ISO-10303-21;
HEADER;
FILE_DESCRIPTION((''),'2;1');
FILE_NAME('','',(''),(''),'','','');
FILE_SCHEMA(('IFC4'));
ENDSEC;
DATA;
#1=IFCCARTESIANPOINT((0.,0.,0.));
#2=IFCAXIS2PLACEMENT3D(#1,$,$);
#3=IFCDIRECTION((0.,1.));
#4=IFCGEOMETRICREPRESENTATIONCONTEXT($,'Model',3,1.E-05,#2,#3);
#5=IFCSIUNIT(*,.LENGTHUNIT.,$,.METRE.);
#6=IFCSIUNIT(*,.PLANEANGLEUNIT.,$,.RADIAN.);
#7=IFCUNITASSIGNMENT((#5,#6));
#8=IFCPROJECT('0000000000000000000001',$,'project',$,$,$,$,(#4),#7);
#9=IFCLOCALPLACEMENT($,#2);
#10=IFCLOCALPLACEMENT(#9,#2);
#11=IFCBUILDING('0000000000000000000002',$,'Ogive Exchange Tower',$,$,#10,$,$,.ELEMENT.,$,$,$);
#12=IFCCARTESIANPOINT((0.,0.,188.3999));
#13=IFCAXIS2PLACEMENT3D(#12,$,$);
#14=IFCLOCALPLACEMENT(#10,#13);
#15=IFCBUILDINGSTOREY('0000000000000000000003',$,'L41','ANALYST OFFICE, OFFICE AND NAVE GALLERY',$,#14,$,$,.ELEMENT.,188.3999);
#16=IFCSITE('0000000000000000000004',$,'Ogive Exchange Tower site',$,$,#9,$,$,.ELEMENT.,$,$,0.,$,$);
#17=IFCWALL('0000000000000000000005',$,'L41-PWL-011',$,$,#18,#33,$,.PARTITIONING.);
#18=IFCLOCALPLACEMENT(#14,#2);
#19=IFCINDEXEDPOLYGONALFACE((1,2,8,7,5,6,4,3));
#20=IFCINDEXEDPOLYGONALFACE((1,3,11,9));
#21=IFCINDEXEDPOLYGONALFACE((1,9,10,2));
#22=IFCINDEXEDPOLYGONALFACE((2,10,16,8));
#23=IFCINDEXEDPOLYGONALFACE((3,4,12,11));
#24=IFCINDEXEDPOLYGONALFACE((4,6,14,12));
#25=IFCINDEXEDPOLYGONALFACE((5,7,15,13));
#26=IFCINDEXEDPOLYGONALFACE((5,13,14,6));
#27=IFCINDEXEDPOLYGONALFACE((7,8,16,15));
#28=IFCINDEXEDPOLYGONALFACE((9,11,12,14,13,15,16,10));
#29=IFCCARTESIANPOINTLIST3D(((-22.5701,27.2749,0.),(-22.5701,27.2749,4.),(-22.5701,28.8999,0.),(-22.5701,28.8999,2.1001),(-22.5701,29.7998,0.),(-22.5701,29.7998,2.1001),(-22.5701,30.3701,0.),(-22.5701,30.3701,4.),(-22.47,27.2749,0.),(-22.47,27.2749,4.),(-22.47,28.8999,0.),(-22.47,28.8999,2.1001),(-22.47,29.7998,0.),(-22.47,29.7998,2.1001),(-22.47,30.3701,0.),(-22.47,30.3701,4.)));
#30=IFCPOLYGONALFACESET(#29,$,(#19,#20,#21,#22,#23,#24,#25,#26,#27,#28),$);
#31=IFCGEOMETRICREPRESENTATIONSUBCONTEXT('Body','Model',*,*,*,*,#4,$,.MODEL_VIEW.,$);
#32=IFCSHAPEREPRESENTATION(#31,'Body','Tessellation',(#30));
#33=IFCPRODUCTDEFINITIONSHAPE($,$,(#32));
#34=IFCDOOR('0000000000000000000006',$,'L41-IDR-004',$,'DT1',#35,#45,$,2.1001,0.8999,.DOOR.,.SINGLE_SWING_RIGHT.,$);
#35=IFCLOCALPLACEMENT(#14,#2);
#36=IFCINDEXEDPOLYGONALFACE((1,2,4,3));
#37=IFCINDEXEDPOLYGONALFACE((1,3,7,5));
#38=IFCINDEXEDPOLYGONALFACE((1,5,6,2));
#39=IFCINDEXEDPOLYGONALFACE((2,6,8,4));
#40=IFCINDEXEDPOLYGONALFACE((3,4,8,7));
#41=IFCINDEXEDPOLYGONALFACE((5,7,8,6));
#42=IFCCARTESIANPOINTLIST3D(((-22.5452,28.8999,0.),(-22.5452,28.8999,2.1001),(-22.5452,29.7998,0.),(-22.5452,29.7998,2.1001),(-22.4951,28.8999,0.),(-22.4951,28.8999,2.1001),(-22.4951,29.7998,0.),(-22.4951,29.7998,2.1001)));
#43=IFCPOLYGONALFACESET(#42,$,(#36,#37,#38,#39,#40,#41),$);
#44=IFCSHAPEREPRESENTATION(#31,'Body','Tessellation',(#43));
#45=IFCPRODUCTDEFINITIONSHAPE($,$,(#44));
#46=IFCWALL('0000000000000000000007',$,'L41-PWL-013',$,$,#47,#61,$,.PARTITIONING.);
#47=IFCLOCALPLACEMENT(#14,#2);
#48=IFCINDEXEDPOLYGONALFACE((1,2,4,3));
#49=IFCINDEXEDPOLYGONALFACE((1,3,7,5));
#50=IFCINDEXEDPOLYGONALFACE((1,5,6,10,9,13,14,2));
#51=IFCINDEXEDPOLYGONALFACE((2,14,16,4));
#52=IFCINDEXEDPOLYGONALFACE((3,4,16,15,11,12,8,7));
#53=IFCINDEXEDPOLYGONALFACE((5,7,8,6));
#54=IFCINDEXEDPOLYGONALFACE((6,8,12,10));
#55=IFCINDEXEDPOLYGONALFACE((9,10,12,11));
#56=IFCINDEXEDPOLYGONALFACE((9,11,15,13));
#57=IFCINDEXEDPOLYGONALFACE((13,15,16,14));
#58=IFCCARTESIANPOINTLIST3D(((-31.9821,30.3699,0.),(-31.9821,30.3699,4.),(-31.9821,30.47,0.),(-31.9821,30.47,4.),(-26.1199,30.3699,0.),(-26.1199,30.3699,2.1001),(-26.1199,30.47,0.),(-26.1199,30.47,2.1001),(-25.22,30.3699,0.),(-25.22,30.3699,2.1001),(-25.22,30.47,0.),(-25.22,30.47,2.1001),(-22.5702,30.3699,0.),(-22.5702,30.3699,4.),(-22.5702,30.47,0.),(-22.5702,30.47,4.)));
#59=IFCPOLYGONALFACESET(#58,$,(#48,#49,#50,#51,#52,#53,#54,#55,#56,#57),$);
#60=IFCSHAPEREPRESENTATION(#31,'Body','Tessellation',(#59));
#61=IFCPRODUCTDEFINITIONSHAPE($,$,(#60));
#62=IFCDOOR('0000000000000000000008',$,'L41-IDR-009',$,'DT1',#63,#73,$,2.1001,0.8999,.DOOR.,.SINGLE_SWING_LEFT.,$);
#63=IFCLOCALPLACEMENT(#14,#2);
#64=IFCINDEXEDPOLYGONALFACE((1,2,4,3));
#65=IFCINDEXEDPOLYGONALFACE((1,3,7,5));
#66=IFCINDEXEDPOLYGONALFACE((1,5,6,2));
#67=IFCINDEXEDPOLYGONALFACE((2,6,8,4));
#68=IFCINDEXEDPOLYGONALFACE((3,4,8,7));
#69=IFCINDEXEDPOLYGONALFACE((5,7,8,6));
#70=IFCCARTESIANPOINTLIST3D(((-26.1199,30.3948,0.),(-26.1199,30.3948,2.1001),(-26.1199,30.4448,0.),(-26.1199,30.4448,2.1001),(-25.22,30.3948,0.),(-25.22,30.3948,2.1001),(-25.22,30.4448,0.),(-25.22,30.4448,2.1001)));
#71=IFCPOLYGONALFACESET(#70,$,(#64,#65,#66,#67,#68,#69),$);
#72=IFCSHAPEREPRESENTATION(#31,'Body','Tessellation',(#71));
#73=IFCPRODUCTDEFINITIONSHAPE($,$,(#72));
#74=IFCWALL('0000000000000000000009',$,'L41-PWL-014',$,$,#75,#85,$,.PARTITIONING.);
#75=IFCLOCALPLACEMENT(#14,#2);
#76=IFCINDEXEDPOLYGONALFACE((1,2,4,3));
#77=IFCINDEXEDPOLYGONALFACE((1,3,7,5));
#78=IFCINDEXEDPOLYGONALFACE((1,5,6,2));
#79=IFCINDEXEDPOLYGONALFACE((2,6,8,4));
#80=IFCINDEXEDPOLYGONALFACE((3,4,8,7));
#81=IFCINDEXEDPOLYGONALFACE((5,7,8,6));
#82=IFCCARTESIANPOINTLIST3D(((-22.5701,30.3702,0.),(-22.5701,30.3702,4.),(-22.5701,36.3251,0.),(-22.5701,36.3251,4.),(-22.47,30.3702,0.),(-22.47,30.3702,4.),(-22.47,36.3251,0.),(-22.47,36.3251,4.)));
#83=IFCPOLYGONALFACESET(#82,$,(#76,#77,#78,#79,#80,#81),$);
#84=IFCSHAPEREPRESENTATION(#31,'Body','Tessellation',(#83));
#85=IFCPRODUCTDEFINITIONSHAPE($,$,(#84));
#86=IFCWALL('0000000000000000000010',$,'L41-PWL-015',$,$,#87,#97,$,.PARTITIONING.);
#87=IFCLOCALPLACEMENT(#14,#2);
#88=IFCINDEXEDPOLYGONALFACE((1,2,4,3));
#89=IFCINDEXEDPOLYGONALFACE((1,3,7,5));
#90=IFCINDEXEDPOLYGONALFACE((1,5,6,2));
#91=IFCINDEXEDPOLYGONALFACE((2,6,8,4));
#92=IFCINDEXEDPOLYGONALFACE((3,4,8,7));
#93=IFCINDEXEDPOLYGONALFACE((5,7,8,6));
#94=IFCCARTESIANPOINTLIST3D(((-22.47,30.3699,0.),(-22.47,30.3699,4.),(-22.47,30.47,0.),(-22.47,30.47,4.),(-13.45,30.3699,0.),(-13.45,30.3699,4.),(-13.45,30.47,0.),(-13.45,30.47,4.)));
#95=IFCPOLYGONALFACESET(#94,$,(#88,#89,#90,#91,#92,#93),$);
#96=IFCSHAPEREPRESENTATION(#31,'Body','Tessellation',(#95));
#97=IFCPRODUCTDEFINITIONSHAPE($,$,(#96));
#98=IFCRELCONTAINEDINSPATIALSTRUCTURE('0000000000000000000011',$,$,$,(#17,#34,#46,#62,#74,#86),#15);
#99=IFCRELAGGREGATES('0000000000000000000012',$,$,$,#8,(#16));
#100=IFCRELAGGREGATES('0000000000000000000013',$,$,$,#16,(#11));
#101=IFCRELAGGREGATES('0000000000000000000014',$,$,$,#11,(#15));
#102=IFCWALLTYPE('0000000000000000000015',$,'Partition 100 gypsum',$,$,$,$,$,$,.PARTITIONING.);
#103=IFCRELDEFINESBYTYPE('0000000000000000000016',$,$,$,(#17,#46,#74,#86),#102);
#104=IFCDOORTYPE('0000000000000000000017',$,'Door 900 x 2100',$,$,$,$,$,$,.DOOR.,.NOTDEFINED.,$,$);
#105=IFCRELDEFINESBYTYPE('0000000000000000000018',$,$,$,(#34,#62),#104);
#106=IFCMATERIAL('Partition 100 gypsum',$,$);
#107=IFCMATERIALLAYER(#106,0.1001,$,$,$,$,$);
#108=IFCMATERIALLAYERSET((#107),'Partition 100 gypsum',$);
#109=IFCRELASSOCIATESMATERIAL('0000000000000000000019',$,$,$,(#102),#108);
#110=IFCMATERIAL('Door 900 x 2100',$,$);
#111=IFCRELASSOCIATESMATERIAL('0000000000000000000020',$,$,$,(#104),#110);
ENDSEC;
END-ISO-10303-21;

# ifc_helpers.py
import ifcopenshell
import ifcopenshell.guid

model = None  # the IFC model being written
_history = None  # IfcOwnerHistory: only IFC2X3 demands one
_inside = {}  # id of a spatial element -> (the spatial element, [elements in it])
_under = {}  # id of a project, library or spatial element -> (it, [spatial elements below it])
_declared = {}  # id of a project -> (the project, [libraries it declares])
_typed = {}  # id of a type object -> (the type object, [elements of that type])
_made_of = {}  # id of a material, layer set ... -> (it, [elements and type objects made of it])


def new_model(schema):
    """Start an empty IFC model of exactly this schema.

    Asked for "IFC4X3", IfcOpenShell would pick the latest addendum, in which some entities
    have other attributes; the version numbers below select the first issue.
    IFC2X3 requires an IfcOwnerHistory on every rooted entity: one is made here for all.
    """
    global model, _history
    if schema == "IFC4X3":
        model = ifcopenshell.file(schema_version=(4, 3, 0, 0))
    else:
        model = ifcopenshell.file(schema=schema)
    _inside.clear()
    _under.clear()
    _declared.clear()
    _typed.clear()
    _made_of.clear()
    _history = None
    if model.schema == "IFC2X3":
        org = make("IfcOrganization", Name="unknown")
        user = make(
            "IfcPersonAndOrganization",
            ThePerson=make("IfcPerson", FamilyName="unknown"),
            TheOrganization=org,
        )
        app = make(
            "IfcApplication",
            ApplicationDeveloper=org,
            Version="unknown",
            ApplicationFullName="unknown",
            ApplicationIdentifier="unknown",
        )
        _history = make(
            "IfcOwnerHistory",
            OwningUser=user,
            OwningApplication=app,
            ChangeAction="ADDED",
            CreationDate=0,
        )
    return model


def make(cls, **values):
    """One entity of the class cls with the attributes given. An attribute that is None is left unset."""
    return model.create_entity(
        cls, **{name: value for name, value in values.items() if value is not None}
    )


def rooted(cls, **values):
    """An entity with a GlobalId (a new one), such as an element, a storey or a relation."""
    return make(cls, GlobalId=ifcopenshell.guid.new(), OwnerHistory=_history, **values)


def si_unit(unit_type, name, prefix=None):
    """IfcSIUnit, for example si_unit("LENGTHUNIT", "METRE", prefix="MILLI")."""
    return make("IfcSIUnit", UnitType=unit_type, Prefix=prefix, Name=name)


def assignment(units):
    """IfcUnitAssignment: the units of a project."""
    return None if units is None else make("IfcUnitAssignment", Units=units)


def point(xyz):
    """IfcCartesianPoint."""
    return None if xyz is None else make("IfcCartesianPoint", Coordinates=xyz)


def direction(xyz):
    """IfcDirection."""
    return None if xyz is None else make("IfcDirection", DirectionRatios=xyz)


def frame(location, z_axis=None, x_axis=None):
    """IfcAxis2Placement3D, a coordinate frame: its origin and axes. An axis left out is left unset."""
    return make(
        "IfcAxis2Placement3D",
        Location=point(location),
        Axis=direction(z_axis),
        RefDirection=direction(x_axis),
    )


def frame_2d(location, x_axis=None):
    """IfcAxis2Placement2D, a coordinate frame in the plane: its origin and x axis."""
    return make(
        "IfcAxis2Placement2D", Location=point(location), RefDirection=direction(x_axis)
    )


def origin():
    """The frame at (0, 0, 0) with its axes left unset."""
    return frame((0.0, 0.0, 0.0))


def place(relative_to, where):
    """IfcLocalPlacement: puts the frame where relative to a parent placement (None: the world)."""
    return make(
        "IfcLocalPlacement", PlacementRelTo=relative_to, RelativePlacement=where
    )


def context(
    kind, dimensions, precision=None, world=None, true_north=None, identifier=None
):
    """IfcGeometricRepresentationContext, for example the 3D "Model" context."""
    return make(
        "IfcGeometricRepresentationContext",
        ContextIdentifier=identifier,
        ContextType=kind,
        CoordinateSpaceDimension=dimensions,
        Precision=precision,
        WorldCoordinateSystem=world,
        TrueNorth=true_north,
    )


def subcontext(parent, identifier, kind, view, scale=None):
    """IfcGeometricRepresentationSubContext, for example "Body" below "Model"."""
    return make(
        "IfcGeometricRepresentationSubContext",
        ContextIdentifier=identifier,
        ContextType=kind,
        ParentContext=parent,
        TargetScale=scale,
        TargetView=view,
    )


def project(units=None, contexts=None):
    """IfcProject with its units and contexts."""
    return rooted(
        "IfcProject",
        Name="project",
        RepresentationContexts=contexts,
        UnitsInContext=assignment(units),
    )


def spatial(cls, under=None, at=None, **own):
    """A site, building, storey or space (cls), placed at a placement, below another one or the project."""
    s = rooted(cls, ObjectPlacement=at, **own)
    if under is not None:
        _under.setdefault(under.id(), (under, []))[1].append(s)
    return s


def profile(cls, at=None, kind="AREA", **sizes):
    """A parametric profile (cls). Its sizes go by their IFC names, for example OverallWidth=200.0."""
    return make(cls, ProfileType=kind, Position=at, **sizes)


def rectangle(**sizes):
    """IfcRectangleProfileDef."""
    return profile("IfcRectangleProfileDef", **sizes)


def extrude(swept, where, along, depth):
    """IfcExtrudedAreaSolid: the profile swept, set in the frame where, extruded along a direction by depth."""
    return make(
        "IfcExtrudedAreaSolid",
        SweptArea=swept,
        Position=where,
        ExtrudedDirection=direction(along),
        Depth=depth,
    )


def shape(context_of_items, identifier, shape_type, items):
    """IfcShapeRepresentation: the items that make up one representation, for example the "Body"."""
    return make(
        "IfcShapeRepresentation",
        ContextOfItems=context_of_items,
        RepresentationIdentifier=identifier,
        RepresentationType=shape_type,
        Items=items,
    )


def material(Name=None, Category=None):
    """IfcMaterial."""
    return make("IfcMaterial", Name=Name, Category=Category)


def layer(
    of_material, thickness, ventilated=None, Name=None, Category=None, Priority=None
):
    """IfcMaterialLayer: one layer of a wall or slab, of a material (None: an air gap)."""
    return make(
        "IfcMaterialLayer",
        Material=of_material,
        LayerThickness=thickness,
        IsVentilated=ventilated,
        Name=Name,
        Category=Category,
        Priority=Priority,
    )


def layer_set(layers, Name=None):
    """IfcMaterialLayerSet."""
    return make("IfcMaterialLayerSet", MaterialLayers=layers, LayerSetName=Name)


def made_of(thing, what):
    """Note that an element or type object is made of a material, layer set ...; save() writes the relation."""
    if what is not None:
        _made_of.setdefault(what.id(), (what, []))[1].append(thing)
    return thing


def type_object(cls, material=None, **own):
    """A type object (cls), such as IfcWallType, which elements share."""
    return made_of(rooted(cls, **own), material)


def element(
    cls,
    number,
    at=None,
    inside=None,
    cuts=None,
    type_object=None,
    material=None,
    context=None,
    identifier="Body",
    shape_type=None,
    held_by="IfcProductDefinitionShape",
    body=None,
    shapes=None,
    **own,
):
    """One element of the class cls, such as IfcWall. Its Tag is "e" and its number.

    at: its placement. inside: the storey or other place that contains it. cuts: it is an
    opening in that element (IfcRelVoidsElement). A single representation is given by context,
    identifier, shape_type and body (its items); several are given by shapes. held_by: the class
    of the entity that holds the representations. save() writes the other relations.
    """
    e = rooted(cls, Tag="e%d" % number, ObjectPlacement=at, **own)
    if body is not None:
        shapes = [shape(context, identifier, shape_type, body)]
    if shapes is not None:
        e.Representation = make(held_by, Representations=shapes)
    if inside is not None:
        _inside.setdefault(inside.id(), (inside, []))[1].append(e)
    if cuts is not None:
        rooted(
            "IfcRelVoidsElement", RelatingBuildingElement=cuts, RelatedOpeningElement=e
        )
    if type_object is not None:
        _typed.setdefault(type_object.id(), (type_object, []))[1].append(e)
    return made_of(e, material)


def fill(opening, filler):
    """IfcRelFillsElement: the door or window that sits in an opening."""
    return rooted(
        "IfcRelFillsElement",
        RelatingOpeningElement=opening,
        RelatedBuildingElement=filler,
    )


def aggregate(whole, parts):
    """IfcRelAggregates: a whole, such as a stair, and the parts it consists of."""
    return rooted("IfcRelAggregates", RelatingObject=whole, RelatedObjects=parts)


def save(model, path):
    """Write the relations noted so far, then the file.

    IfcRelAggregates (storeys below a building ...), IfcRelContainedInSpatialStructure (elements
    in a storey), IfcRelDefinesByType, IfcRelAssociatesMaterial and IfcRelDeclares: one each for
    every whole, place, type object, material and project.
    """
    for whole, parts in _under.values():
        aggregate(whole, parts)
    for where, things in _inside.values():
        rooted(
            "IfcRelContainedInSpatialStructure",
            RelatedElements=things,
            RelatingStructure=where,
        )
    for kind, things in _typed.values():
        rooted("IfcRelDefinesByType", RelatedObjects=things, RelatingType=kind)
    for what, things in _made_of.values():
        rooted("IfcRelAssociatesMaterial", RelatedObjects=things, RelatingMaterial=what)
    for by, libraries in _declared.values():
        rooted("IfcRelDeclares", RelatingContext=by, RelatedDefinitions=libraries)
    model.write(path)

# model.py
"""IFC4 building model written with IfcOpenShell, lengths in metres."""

from ifc_helpers import new_model, si_unit, direction, frame, frame_2d, origin, place, context, subcontext, project, spatial, rectangle, extrude, material, layer, layer_set, type_object, element, fill, save


model = new_model("IFC4")

# Units and contexts
model_context = context("Model", 3, precision=1e-05, world=origin(), true_north=direction((0.0, 1.0)))
body_context = subcontext(model_context, "Body", "Model", "MODEL_VIEW")
ifc_project = project(units=[si_unit("LENGTHUNIT", "METRE"), si_unit("PLANEANGLEUNIT", "RADIAN")], contexts=[model_context])

# Site, building, storey
site_placement = place(None, origin())
site = spatial("IfcSite", under=ifc_project, at=site_placement, Name="Ogive Exchange Tower site", CompositionType="ELEMENT", RefElevation=0.0)
building_placement = place(site_placement, origin())
building = spatial("IfcBuilding", under=site, at=building_placement, Name="Ogive Exchange Tower", CompositionType="ELEMENT")
storey_placement = place(building_placement, frame((0.0, 0.0, 188.3999)))
storey = spatial("IfcBuildingStorey", under=building, at=storey_placement, Name="L41", Description="ANALYST OFFICE, OFFICE AND NAVE GALLERY", CompositionType="ELEMENT", Elevation=188.3999)

# Walls, openings, doors
ifc_material_1 = material(Name="Partition 100 gypsum")
ifc_layer_1 = layer(ifc_material_1, 0.1001)
ifc_layer_set_1 = layer_set([ifc_layer_1], Name="Partition 100 gypsum")
wall_type_1 = type_object("IfcWallType", Name="Partition 100 gypsum", PredefinedType="PARTITIONING", material=ifc_layer_set_1)
wall_1_placement = place(storey_placement, frame((-22.52, 27.2749, 0.0), z_axis=(0.0, 0.0, 1.0), x_axis=(0.0, 1.0, 0.0)))
wall_1 = element("IfcWall", 1, at=wall_1_placement, inside=storey, type_object=wall_type_1, Name="L41-PWL-011", PredefinedType="PARTITIONING", context=body_context, shape_type="SweptSolid", body=[
    extrude(rectangle(XDim=3.0952, YDim=0.1001, at=frame_2d((1.5476, 0.0))), origin(), (0.0, 0.0, 1.0), 4.0),
])
opening_1_placement = place(wall_1_placement, frame((1.625, 0.0, 0.0)))
opening_1 = element("IfcOpeningElement", 2, at=opening_1_placement, cuts=wall_1, PredefinedType="OPENING", context=body_context, shape_type="SweptSolid", body=[
    extrude(rectangle(XDim=0.8999, YDim=2.1001, at=frame_2d((0.45, 1.05))), frame((0.0, 0.0601, 0.0), z_axis=(0.0, -1.0, 0.0), x_axis=(1.0, 0.0, 0.0)), (0.0, 0.0, 1.0), 0.1201),
])
ifc_material_2 = material(Name="Door 900 x 2100")
door_type_1 = type_object("IfcDoorType", Name="Door 900 x 2100", OperationType="NOTDEFINED", PredefinedType="DOOR", material=ifc_material_2)
door_1_placement = place(opening_1_placement, frame((0.8999, 0.0, 0.0), z_axis=(0.0, 0.0, 1.0), x_axis=(-1.0, 0.0, 0.0)))
door_1 = element("IfcDoor", 3, at=door_1_placement, inside=storey, type_object=door_type_1, Name="L41-IDR-004", ObjectType="DT1", OperationType="SINGLE_SWING_RIGHT", OverallHeight=2.1001, OverallWidth=0.8999, PredefinedType="DOOR", context=body_context, shape_type="SweptSolid", body=[
    extrude(rectangle(XDim=0.8999, YDim=2.1001, at=frame_2d((0.45, 1.05))), frame((0.0, 0.0249, 0.0), z_axis=(0.0, -1.0, 0.0), x_axis=(1.0, 0.0, 0.0)), (0.0, 0.0, 1.0), 0.05),
])
fill(opening_1, door_1)
wall_2_placement = place(storey_placement, frame((-22.5701, 30.4199, 0.0), z_axis=(0.0, 0.0, 1.0), x_axis=(-1.0, 0.0, 0.0)))
wall_2 = element("IfcWall", 4, at=wall_2_placement, inside=storey, type_object=wall_type_1, Name="L41-PWL-013", PredefinedType="PARTITIONING", context=body_context, shape_type="SweptSolid", body=[
    extrude(rectangle(XDim=9.4119, YDim=0.1001, at=frame_2d((4.7061, 0.0))), origin(), (0.0, 0.0, 1.0), 4.0),
])
opening_2_placement = place(wall_2_placement, frame((2.6499, 0.0, 0.0)))
opening_2 = element("IfcOpeningElement", 5, at=opening_2_placement, cuts=wall_2, PredefinedType="OPENING", context=body_context, shape_type="SweptSolid", body=[
    extrude(rectangle(XDim=0.8999, YDim=2.1001, at=frame_2d((0.45, 1.05))), frame((0.0, 0.0601, 0.0), z_axis=(0.0, -1.0, 0.0), x_axis=(1.0, 0.0, 0.0)), (0.0, 0.0, 1.0), 0.1201),
])
door_2_placement = place(opening_2_placement, frame((0.8999, 0.0, 0.0), z_axis=(0.0, 0.0, 1.0), x_axis=(-1.0, 0.0, 0.0)))
door_2 = element("IfcDoor", 6, at=door_2_placement, inside=storey, type_object=door_type_1, Name="L41-IDR-009", ObjectType="DT1", OperationType="SINGLE_SWING_LEFT", OverallHeight=2.1001, OverallWidth=0.8999, PredefinedType="DOOR", context=body_context, shape_type="SweptSolid", body=[
    extrude(rectangle(XDim=0.8999, YDim=2.1001, at=frame_2d((0.45, 1.05))), frame((0.0, 0.0249, 0.0), z_axis=(0.0, -1.0, 0.0), x_axis=(1.0, 0.0, 0.0)), (0.0, 0.0, 1.0), 0.05),
])
fill(opening_2, door_2)

# Walls
wall_3_placement = place(storey_placement, frame((-22.52, 30.3701, 0.0), z_axis=(0.0, 0.0, 1.0), x_axis=(0.0, 1.0, 0.0)))
element("IfcWall", 7, at=wall_3_placement, inside=storey, type_object=wall_type_1, Name="L41-PWL-014", PredefinedType="PARTITIONING", context=body_context, shape_type="SweptSolid", body=[
    extrude(rectangle(XDim=5.9548, YDim=0.1001, at=frame_2d((2.9775, 0.0))), origin(), (0.0, 0.0, 1.0), 4.0),
])
wall_4_placement = place(storey_placement, frame((-22.47, 30.4199, 0.0), z_axis=(0.0, 0.0, 1.0), x_axis=(1.0, 0.0, 0.0)))
element("IfcWall", 8, at=wall_4_placement, inside=storey, type_object=wall_type_1, Name="L41-PWL-015", PredefinedType="PARTITIONING", context=body_context, shape_type="SweptSolid", body=[
    extrude(rectangle(XDim=9.02, YDim=0.1001, at=frame_2d((4.51, 0.0))), origin(), (0.0, 0.0, 1.0), 4.0),
])

save(model, "model.ifc")
